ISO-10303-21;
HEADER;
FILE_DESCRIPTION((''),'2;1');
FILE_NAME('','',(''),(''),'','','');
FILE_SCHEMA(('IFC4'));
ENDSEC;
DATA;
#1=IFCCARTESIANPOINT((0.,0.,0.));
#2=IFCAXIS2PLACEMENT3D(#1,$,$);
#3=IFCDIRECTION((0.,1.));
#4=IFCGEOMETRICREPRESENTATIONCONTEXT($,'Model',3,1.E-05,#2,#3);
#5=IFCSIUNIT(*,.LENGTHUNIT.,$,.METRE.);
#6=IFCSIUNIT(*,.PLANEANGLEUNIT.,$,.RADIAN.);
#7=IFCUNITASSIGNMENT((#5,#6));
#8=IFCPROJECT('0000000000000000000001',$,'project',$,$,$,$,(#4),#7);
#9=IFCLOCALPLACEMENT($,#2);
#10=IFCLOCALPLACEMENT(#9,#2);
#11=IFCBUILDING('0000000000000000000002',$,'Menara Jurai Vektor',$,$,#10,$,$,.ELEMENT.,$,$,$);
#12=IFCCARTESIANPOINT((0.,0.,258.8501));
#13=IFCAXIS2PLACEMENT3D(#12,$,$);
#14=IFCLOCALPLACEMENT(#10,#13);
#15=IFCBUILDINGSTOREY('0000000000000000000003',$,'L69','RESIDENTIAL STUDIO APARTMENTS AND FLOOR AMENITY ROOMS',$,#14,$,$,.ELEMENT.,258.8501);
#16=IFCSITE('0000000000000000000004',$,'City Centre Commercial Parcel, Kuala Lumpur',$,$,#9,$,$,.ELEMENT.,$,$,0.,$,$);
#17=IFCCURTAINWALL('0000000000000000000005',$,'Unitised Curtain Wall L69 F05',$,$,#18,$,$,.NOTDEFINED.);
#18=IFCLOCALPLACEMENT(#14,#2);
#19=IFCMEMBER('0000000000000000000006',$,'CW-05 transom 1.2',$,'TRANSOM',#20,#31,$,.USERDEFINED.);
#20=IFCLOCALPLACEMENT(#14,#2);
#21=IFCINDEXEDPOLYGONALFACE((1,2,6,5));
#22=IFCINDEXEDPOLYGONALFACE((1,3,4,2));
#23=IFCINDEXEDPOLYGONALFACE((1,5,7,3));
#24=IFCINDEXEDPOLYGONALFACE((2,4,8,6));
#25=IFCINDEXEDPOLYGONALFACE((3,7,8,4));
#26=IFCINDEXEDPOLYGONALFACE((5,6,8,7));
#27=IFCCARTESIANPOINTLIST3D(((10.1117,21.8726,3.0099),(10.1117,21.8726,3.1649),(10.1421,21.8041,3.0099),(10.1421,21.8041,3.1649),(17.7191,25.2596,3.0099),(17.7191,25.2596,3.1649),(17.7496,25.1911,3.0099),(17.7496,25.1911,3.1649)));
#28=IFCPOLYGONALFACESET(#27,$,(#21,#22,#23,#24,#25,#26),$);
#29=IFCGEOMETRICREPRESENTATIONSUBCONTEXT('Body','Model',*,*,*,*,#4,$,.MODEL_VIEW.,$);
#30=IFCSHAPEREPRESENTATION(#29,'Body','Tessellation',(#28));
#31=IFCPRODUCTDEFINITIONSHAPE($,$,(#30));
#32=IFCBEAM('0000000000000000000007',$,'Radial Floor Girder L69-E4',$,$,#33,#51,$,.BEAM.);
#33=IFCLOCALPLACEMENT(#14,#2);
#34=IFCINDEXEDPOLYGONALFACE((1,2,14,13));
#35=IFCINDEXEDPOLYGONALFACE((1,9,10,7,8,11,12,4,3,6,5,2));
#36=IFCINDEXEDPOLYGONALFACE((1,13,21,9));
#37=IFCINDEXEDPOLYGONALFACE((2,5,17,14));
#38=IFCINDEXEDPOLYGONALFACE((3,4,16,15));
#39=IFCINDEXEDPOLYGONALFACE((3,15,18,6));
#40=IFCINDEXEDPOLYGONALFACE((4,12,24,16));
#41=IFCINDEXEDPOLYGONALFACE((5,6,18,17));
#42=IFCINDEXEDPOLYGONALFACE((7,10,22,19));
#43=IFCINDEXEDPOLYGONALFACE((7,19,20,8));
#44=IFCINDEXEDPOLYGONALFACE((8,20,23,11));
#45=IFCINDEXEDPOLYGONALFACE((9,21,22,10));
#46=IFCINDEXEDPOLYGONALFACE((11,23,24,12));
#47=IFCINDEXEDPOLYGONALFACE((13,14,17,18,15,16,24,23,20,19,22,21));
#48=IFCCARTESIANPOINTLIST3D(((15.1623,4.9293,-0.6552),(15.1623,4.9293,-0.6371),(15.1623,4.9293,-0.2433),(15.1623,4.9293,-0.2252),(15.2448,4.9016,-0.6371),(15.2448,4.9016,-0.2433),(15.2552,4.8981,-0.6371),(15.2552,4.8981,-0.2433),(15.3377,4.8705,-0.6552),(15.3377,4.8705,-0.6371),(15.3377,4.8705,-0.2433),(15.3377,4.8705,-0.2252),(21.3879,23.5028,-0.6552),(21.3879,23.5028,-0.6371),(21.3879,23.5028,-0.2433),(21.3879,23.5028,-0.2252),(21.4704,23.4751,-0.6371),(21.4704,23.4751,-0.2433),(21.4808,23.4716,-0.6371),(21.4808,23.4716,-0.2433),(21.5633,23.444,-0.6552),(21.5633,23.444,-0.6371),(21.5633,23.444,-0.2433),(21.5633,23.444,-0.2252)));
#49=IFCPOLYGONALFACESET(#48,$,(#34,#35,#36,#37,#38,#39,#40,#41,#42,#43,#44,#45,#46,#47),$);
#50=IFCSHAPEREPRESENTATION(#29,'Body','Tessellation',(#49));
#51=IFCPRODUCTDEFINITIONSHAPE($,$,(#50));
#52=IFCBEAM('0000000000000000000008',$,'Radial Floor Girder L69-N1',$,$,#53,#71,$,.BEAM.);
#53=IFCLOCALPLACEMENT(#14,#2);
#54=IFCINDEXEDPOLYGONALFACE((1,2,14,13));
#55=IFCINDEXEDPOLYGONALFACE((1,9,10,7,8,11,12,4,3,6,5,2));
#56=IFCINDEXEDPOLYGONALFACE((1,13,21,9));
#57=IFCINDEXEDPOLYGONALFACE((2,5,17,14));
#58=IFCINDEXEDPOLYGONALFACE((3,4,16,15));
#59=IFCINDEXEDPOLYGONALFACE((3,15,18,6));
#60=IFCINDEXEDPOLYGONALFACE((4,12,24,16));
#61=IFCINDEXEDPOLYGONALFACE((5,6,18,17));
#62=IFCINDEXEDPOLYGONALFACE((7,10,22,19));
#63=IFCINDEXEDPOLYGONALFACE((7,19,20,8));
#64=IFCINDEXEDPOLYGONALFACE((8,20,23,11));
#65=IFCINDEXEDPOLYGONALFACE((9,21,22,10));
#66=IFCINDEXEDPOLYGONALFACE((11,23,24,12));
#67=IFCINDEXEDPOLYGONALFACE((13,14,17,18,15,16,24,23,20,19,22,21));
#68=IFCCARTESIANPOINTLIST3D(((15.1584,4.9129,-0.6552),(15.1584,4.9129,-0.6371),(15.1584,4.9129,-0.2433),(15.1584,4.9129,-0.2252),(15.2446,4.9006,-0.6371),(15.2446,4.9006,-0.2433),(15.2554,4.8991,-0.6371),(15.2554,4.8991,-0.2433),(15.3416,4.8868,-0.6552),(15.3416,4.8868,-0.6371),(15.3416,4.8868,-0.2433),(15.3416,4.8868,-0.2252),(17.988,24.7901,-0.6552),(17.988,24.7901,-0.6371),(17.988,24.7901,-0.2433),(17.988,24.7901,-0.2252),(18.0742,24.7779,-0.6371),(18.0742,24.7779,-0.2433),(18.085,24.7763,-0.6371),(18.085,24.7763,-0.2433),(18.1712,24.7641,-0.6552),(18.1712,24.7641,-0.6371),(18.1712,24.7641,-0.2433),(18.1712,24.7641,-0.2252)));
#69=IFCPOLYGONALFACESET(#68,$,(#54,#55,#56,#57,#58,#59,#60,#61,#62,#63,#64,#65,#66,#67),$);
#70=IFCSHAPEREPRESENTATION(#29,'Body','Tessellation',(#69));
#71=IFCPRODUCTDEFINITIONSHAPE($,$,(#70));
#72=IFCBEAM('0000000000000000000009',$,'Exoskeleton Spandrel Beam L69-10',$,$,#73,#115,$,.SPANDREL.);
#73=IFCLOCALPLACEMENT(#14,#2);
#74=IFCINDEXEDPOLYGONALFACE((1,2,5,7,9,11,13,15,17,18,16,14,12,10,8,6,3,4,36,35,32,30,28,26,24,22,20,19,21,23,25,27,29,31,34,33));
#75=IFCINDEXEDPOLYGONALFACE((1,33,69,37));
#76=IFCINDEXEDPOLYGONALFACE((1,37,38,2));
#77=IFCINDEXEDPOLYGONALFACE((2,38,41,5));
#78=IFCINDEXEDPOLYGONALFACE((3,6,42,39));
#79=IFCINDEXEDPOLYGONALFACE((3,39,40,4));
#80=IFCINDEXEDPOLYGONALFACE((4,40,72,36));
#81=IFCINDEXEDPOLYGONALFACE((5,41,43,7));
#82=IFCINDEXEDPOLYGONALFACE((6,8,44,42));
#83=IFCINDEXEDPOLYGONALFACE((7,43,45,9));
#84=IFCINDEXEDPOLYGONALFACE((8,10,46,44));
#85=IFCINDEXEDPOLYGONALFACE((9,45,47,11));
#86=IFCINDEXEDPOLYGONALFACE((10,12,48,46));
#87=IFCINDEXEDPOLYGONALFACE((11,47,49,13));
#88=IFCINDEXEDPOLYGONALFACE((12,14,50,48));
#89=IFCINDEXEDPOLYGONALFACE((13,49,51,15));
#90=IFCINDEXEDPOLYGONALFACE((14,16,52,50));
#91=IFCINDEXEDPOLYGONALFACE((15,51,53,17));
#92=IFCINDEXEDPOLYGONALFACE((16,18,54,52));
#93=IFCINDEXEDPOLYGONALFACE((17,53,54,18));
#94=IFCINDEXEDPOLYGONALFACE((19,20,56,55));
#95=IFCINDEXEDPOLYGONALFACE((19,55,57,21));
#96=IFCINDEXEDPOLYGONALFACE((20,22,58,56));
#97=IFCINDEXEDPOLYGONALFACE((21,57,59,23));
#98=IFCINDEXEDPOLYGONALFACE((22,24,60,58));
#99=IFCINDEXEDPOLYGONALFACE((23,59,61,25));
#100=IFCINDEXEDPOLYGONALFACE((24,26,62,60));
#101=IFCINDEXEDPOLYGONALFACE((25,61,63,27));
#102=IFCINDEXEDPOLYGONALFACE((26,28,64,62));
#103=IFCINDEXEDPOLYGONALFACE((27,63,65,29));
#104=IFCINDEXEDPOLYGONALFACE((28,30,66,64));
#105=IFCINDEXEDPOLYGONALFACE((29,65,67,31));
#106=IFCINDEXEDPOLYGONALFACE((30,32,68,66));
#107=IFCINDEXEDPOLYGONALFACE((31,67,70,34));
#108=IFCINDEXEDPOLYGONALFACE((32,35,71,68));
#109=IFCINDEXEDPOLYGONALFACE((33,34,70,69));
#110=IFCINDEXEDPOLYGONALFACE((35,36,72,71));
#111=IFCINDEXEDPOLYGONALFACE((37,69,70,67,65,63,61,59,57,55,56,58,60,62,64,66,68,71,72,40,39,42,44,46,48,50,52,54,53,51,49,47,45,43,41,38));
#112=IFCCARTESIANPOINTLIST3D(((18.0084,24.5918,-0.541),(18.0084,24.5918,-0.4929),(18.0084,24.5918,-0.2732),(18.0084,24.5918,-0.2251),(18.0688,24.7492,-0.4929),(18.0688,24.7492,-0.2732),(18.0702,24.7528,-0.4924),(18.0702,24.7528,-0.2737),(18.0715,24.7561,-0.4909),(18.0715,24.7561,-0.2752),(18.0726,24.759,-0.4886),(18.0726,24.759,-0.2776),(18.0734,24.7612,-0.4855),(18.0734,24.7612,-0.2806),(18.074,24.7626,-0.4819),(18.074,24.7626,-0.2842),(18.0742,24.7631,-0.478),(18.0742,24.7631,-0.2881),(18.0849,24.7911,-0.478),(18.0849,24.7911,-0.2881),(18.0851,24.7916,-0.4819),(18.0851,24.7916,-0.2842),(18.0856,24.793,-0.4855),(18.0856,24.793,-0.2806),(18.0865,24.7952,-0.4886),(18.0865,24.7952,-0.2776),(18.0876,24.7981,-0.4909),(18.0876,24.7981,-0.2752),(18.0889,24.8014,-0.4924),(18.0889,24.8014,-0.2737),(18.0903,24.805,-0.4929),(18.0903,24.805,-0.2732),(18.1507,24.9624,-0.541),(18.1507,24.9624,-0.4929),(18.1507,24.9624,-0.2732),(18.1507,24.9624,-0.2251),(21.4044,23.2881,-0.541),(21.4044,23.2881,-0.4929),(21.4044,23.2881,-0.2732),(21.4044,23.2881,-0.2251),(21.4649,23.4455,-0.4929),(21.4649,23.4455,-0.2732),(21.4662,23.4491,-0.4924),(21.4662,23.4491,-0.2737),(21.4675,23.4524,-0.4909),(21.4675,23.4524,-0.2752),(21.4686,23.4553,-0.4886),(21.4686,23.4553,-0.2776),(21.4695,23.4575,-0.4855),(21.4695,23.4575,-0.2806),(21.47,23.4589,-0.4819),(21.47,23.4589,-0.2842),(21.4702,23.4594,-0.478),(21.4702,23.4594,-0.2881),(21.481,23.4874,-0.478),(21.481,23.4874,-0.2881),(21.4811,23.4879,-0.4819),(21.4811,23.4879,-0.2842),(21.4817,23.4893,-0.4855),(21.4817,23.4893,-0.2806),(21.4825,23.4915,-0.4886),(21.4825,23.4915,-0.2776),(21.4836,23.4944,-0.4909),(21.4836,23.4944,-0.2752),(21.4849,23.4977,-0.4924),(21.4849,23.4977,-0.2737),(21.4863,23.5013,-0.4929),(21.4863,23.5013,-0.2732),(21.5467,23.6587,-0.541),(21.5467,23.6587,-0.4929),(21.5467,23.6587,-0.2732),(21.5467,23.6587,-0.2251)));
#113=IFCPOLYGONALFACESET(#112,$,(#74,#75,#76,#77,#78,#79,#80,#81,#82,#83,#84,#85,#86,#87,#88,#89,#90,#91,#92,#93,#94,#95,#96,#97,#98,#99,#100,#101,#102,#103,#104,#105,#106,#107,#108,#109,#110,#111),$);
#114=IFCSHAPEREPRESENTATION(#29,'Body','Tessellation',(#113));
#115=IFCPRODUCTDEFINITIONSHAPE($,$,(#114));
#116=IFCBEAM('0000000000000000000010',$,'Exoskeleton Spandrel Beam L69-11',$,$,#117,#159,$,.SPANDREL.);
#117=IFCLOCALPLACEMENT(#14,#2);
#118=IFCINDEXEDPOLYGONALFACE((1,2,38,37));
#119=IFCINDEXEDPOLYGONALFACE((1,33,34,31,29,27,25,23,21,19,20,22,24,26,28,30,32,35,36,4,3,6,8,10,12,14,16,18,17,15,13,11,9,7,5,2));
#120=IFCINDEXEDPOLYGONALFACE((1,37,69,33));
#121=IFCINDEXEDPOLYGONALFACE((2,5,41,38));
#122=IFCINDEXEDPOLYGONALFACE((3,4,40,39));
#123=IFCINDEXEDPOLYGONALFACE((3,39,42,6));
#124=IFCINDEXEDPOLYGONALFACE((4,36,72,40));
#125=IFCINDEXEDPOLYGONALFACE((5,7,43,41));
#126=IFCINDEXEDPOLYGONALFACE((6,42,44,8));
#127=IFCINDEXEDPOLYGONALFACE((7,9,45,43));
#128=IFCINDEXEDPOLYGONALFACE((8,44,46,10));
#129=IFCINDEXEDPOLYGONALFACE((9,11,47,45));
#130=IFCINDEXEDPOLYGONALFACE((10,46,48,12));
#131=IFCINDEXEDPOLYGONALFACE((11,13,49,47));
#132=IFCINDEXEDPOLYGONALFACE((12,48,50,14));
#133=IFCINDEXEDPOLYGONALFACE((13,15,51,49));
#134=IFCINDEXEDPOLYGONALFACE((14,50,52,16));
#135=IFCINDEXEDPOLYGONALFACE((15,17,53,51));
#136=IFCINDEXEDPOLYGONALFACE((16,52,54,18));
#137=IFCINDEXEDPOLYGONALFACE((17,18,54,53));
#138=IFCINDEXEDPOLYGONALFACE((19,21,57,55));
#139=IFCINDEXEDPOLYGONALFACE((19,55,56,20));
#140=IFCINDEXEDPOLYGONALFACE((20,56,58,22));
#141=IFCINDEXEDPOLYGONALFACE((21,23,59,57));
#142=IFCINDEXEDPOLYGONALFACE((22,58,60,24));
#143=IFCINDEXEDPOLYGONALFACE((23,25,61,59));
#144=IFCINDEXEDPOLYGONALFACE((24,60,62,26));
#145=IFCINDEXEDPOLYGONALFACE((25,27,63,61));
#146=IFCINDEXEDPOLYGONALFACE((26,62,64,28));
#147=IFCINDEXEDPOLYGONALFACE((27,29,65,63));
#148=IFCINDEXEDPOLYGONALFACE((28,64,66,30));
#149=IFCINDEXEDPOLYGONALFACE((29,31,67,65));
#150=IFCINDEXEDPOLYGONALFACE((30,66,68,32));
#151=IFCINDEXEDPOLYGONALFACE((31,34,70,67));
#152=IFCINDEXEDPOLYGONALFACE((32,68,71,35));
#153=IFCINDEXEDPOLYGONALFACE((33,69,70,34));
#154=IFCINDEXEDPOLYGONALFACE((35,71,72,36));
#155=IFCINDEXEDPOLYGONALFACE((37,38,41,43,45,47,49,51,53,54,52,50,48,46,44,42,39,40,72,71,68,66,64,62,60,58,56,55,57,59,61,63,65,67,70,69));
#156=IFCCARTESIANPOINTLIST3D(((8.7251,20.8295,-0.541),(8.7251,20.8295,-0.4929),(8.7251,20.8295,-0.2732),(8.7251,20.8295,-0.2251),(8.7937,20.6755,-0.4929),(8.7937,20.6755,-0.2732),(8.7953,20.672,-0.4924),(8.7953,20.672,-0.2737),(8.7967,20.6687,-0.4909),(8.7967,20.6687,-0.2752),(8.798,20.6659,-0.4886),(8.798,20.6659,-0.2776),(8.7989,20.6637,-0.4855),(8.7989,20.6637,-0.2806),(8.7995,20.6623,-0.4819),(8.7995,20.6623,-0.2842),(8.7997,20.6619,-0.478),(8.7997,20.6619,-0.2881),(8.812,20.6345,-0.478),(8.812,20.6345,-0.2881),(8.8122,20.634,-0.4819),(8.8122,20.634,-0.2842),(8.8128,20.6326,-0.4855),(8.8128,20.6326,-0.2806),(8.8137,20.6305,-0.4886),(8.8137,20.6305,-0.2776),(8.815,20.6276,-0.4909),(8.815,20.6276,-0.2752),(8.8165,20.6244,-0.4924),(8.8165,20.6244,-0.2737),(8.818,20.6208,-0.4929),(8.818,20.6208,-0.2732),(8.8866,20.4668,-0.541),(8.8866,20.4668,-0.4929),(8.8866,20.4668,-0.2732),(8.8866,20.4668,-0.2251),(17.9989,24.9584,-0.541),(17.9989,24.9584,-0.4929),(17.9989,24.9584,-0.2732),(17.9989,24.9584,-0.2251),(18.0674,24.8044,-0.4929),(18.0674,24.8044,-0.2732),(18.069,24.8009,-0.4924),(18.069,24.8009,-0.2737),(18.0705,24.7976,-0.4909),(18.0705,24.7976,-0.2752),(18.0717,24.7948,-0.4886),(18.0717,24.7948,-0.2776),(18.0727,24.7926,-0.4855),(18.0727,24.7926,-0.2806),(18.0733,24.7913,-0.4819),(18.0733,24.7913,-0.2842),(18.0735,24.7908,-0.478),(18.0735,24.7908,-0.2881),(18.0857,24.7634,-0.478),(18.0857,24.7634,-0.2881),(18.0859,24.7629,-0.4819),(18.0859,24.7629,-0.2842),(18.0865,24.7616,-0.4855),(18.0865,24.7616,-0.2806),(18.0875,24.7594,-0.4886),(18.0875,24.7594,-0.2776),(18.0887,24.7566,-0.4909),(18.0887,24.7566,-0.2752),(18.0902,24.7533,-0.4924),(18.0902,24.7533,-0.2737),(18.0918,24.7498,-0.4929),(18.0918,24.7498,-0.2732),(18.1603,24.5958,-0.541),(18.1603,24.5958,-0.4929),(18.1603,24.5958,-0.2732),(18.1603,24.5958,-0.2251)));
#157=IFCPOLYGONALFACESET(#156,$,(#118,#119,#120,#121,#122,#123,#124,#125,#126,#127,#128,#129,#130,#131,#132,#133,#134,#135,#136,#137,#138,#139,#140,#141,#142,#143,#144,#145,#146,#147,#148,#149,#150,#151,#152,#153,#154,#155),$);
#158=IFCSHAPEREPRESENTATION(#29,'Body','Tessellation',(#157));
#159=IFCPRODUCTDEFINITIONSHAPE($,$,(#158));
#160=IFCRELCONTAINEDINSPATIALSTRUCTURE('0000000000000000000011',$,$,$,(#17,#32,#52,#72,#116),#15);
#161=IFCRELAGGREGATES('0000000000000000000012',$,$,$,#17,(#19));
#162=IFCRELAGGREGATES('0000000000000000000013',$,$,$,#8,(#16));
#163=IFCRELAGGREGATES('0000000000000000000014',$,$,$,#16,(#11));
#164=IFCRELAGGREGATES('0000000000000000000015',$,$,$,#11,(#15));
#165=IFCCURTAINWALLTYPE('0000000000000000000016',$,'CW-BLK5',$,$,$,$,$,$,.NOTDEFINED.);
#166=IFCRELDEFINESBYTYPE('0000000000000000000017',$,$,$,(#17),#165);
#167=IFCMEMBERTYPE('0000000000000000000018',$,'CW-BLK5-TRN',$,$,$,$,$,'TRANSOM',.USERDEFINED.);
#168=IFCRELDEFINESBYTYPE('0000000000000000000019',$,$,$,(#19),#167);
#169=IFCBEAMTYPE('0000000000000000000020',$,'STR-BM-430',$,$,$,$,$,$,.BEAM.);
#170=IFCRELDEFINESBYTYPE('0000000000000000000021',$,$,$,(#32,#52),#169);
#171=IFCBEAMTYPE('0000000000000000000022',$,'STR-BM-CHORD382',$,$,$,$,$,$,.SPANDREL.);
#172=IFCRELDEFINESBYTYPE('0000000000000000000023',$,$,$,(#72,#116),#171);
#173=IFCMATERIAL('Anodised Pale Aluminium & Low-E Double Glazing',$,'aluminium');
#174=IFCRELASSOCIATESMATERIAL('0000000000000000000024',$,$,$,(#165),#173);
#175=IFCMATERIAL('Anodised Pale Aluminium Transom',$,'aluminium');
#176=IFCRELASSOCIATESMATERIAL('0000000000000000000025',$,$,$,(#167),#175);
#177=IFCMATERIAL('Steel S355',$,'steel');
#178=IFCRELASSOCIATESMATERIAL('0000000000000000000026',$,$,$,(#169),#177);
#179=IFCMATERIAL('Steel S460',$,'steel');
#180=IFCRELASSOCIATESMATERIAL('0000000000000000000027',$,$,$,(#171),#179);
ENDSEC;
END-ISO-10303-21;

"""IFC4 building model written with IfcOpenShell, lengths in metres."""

from ifc_helpers import new_model, si_unit, direction, frame, origin, origin_2d, place, context, subcontext, project, spatial, rectangle, i_section, extrude, material, material_profile, profile_set, type_object, element, aggregate, save


model = new_model("IFC4")

# Units and contexts
model_context = context("Model", 3, precision=1e-05, world=origin(), true_north=direction((0.0, 1.0)))
body_context = subcontext(model_context, "Body", "Model", "MODEL_VIEW")
ifc_project = project(units=[si_unit("LENGTHUNIT", "METRE"), si_unit("PLANEANGLEUNIT", "RADIAN")], contexts=[model_context])

# Site, building, storey
site_placement = place(None, origin())
site = spatial("IfcSite", under=ifc_project, at=site_placement, Name="City Centre Commercial Parcel, Kuala Lumpur", CompositionType="ELEMENT", RefElevation=0.0)
building_placement = place(site_placement, origin())
building = spatial("IfcBuilding", under=site, at=building_placement, Name="Menara Jurai Vektor", CompositionType="ELEMENT")
storey_placement = place(building_placement, frame((0.0, 0.0, 258.8501)))
storey = spatial("IfcBuildingStorey", under=building, at=storey_placement, Name="L69", Description="RESIDENTIAL STUDIO APARTMENTS AND FLOOR AMENITY ROOMS", CompositionType="ELEMENT", Elevation=258.8501)

# Shared definitions
ifc_material_1 = material(Name="Steel S460", Category="steel")

# Shared definitions
ifc_material_2 = material(Name="Anodised Pale Aluminium & Low-E Double Glazing", Category="aluminium")
curtain_wall_type = type_object("IfcCurtainWallType", Name="CW-BLK5", PredefinedType="NOTDEFINED", material=ifc_material_2)

# Curtain wall
curtain_wall_1_placement = place(storey_placement, origin())
curtain_wall_1 = element("IfcCurtainWall", 1, at=curtain_wall_1_placement, inside=storey, type_object=curtain_wall_type, Name="Unitised Curtain Wall L69 F05", PredefinedType="NOTDEFINED")

# Member
ifc_material_3 = material(Name="Anodised Pale Aluminium Transom", Category="aluminium")
ifc_material_profile_1 = material_profile(ifc_material_3, rectangle(XDim=0.075, YDim=0.155, at=origin_2d()), Name="ALU TRN 75x155")
ifc_profile_set_1 = profile_set([ifc_material_profile_1], Name="Anodised Pale Aluminium Transom")
member_type_1 = type_object("IfcMemberType", Name="CW-BLK5-TRN", ElementType="TRANSOM", PredefinedType="USERDEFINED", material=ifc_profile_set_1)
member_1_placement = place(storey_placement, frame((17.7344, 25.2253, 3.0874), z_axis=(-0.913549, -0.406729, 0.0), x_axis=(0.406729, -0.913549, 0.0)))
member_1 = element("IfcMember", 2, at=member_1_placement, type_object=member_type_1, Name="CW-05 transom 1.2", ObjectType="TRANSOM", PredefinedType="USERDEFINED", context=body_context, shape_type="SweptSolid", body=[
    extrude(rectangle(XDim=0.075, YDim=0.155, at=origin_2d()), origin(), (0.0, 0.0, 1.0), 8.3274),
])
aggregate(curtain_wall_1, [member_1])

# Beams
ifc_material_4 = material(Name="Steel S355", Category="steel")
ifc_material_profile_2 = material_profile(ifc_material_4, i_section(OverallWidth=0.1851, OverallDepth=0.4299, WebThickness=0.011, FlangeThickness=0.0181, at=origin_2d()), Name="PG 430x185x76")
ifc_profile_set_2 = profile_set([ifc_material_profile_2], Name="Steel S355")
beam_type_1 = type_object("IfcBeamType", Name="STR-BM-430", PredefinedType="BEAM", material=ifc_profile_set_2)
beam_1_placement = place(storey_placement, frame((21.4756, 23.4734, -0.4402), z_axis=(-0.317809, -0.948155, 0.0), x_axis=(0.948155, -0.317809, 0.0)))
element("IfcBeam", 3, at=beam_1_placement, inside=storey, type_object=beam_type_1, Name="Radial Floor Girder L69-E4", PredefinedType="BEAM", context=body_context, shape_type="SweptSolid", body=[
    extrude(i_section(OverallWidth=0.1851, OverallDepth=0.4299, WebThickness=0.011, FlangeThickness=0.0181, at=origin_2d()), origin(), (0.0, 0.0, 1.0), 19.5891),
])
beam_2_placement = place(storey_placement, frame((18.0796, 24.7771, -0.4402), z_axis=(-0.140933, -0.990019, 0.0), x_axis=(0.990019, -0.140933, 0.0)))
element("IfcBeam", 4, at=beam_2_placement, inside=storey, type_object=beam_type_1, Name="Radial Floor Girder L69-N1", PredefinedType="BEAM", context=body_context, shape_type="SweptSolid", body=[
    extrude(i_section(OverallWidth=0.1851, OverallDepth=0.4299, WebThickness=0.011, FlangeThickness=0.0181, at=origin_2d()), origin(), (0.0, 0.0, 1.0), 20.0776),
])
ifc_material_profile_3 = material_profile(ifc_material_1, i_section(OverallWidth=0.397, OverallDepth=0.3159, WebThickness=0.03, FlangeThickness=0.0481, FilletRadius=0.0149, at=origin_2d()), Name="HD 400x382")
ifc_profile_set_3 = profile_set([ifc_material_profile_3], Name="Steel S460")
beam_type_2 = type_object("IfcBeamType", Name="STR-BM-CHORD382", PredefinedType="SPANDREL", material=ifc_profile_set_3)
beam_3_placement = place(storey_placement, frame((21.4756, 23.4734, -0.3831), z_axis=(-0.93357, 0.358394, 0.0), x_axis=(-0.358394, -0.93357, 0.0)))
element("IfcBeam", 5, at=beam_3_placement, inside=storey, type_object=beam_type_2, Name="Exoskeleton Spandrel Beam L69-10", PredefinedType="SPANDREL", context=body_context, shape_type="SweptSolid", body=[
    extrude(i_section(OverallWidth=0.397, OverallDepth=0.3159, WebThickness=0.03, FlangeThickness=0.0481, FilletRadius=0.0149, at=origin_2d()), origin(), (0.0, 0.0, 1.0), 3.6377),
])
beam_4_placement = place(storey_placement, frame((18.0796, 24.7771, -0.3831), z_axis=(-0.913546, -0.406736, 0.0), x_axis=(0.406736, -0.913546, 0.0)))
element("IfcBeam", 6, at=beam_4_placement, inside=storey, type_object=beam_type_2, Name="Exoskeleton Spandrel Beam L69-11", PredefinedType="SPANDREL", context=body_context, shape_type="SweptSolid", body=[
    extrude(i_section(OverallWidth=0.397, OverallDepth=0.3159, WebThickness=0.03, FlangeThickness=0.0481, FilletRadius=0.0149, at=origin_2d()), origin(), (0.0, 0.0, 1.0), 10.1514),
])

save(model, "model.ifc")
